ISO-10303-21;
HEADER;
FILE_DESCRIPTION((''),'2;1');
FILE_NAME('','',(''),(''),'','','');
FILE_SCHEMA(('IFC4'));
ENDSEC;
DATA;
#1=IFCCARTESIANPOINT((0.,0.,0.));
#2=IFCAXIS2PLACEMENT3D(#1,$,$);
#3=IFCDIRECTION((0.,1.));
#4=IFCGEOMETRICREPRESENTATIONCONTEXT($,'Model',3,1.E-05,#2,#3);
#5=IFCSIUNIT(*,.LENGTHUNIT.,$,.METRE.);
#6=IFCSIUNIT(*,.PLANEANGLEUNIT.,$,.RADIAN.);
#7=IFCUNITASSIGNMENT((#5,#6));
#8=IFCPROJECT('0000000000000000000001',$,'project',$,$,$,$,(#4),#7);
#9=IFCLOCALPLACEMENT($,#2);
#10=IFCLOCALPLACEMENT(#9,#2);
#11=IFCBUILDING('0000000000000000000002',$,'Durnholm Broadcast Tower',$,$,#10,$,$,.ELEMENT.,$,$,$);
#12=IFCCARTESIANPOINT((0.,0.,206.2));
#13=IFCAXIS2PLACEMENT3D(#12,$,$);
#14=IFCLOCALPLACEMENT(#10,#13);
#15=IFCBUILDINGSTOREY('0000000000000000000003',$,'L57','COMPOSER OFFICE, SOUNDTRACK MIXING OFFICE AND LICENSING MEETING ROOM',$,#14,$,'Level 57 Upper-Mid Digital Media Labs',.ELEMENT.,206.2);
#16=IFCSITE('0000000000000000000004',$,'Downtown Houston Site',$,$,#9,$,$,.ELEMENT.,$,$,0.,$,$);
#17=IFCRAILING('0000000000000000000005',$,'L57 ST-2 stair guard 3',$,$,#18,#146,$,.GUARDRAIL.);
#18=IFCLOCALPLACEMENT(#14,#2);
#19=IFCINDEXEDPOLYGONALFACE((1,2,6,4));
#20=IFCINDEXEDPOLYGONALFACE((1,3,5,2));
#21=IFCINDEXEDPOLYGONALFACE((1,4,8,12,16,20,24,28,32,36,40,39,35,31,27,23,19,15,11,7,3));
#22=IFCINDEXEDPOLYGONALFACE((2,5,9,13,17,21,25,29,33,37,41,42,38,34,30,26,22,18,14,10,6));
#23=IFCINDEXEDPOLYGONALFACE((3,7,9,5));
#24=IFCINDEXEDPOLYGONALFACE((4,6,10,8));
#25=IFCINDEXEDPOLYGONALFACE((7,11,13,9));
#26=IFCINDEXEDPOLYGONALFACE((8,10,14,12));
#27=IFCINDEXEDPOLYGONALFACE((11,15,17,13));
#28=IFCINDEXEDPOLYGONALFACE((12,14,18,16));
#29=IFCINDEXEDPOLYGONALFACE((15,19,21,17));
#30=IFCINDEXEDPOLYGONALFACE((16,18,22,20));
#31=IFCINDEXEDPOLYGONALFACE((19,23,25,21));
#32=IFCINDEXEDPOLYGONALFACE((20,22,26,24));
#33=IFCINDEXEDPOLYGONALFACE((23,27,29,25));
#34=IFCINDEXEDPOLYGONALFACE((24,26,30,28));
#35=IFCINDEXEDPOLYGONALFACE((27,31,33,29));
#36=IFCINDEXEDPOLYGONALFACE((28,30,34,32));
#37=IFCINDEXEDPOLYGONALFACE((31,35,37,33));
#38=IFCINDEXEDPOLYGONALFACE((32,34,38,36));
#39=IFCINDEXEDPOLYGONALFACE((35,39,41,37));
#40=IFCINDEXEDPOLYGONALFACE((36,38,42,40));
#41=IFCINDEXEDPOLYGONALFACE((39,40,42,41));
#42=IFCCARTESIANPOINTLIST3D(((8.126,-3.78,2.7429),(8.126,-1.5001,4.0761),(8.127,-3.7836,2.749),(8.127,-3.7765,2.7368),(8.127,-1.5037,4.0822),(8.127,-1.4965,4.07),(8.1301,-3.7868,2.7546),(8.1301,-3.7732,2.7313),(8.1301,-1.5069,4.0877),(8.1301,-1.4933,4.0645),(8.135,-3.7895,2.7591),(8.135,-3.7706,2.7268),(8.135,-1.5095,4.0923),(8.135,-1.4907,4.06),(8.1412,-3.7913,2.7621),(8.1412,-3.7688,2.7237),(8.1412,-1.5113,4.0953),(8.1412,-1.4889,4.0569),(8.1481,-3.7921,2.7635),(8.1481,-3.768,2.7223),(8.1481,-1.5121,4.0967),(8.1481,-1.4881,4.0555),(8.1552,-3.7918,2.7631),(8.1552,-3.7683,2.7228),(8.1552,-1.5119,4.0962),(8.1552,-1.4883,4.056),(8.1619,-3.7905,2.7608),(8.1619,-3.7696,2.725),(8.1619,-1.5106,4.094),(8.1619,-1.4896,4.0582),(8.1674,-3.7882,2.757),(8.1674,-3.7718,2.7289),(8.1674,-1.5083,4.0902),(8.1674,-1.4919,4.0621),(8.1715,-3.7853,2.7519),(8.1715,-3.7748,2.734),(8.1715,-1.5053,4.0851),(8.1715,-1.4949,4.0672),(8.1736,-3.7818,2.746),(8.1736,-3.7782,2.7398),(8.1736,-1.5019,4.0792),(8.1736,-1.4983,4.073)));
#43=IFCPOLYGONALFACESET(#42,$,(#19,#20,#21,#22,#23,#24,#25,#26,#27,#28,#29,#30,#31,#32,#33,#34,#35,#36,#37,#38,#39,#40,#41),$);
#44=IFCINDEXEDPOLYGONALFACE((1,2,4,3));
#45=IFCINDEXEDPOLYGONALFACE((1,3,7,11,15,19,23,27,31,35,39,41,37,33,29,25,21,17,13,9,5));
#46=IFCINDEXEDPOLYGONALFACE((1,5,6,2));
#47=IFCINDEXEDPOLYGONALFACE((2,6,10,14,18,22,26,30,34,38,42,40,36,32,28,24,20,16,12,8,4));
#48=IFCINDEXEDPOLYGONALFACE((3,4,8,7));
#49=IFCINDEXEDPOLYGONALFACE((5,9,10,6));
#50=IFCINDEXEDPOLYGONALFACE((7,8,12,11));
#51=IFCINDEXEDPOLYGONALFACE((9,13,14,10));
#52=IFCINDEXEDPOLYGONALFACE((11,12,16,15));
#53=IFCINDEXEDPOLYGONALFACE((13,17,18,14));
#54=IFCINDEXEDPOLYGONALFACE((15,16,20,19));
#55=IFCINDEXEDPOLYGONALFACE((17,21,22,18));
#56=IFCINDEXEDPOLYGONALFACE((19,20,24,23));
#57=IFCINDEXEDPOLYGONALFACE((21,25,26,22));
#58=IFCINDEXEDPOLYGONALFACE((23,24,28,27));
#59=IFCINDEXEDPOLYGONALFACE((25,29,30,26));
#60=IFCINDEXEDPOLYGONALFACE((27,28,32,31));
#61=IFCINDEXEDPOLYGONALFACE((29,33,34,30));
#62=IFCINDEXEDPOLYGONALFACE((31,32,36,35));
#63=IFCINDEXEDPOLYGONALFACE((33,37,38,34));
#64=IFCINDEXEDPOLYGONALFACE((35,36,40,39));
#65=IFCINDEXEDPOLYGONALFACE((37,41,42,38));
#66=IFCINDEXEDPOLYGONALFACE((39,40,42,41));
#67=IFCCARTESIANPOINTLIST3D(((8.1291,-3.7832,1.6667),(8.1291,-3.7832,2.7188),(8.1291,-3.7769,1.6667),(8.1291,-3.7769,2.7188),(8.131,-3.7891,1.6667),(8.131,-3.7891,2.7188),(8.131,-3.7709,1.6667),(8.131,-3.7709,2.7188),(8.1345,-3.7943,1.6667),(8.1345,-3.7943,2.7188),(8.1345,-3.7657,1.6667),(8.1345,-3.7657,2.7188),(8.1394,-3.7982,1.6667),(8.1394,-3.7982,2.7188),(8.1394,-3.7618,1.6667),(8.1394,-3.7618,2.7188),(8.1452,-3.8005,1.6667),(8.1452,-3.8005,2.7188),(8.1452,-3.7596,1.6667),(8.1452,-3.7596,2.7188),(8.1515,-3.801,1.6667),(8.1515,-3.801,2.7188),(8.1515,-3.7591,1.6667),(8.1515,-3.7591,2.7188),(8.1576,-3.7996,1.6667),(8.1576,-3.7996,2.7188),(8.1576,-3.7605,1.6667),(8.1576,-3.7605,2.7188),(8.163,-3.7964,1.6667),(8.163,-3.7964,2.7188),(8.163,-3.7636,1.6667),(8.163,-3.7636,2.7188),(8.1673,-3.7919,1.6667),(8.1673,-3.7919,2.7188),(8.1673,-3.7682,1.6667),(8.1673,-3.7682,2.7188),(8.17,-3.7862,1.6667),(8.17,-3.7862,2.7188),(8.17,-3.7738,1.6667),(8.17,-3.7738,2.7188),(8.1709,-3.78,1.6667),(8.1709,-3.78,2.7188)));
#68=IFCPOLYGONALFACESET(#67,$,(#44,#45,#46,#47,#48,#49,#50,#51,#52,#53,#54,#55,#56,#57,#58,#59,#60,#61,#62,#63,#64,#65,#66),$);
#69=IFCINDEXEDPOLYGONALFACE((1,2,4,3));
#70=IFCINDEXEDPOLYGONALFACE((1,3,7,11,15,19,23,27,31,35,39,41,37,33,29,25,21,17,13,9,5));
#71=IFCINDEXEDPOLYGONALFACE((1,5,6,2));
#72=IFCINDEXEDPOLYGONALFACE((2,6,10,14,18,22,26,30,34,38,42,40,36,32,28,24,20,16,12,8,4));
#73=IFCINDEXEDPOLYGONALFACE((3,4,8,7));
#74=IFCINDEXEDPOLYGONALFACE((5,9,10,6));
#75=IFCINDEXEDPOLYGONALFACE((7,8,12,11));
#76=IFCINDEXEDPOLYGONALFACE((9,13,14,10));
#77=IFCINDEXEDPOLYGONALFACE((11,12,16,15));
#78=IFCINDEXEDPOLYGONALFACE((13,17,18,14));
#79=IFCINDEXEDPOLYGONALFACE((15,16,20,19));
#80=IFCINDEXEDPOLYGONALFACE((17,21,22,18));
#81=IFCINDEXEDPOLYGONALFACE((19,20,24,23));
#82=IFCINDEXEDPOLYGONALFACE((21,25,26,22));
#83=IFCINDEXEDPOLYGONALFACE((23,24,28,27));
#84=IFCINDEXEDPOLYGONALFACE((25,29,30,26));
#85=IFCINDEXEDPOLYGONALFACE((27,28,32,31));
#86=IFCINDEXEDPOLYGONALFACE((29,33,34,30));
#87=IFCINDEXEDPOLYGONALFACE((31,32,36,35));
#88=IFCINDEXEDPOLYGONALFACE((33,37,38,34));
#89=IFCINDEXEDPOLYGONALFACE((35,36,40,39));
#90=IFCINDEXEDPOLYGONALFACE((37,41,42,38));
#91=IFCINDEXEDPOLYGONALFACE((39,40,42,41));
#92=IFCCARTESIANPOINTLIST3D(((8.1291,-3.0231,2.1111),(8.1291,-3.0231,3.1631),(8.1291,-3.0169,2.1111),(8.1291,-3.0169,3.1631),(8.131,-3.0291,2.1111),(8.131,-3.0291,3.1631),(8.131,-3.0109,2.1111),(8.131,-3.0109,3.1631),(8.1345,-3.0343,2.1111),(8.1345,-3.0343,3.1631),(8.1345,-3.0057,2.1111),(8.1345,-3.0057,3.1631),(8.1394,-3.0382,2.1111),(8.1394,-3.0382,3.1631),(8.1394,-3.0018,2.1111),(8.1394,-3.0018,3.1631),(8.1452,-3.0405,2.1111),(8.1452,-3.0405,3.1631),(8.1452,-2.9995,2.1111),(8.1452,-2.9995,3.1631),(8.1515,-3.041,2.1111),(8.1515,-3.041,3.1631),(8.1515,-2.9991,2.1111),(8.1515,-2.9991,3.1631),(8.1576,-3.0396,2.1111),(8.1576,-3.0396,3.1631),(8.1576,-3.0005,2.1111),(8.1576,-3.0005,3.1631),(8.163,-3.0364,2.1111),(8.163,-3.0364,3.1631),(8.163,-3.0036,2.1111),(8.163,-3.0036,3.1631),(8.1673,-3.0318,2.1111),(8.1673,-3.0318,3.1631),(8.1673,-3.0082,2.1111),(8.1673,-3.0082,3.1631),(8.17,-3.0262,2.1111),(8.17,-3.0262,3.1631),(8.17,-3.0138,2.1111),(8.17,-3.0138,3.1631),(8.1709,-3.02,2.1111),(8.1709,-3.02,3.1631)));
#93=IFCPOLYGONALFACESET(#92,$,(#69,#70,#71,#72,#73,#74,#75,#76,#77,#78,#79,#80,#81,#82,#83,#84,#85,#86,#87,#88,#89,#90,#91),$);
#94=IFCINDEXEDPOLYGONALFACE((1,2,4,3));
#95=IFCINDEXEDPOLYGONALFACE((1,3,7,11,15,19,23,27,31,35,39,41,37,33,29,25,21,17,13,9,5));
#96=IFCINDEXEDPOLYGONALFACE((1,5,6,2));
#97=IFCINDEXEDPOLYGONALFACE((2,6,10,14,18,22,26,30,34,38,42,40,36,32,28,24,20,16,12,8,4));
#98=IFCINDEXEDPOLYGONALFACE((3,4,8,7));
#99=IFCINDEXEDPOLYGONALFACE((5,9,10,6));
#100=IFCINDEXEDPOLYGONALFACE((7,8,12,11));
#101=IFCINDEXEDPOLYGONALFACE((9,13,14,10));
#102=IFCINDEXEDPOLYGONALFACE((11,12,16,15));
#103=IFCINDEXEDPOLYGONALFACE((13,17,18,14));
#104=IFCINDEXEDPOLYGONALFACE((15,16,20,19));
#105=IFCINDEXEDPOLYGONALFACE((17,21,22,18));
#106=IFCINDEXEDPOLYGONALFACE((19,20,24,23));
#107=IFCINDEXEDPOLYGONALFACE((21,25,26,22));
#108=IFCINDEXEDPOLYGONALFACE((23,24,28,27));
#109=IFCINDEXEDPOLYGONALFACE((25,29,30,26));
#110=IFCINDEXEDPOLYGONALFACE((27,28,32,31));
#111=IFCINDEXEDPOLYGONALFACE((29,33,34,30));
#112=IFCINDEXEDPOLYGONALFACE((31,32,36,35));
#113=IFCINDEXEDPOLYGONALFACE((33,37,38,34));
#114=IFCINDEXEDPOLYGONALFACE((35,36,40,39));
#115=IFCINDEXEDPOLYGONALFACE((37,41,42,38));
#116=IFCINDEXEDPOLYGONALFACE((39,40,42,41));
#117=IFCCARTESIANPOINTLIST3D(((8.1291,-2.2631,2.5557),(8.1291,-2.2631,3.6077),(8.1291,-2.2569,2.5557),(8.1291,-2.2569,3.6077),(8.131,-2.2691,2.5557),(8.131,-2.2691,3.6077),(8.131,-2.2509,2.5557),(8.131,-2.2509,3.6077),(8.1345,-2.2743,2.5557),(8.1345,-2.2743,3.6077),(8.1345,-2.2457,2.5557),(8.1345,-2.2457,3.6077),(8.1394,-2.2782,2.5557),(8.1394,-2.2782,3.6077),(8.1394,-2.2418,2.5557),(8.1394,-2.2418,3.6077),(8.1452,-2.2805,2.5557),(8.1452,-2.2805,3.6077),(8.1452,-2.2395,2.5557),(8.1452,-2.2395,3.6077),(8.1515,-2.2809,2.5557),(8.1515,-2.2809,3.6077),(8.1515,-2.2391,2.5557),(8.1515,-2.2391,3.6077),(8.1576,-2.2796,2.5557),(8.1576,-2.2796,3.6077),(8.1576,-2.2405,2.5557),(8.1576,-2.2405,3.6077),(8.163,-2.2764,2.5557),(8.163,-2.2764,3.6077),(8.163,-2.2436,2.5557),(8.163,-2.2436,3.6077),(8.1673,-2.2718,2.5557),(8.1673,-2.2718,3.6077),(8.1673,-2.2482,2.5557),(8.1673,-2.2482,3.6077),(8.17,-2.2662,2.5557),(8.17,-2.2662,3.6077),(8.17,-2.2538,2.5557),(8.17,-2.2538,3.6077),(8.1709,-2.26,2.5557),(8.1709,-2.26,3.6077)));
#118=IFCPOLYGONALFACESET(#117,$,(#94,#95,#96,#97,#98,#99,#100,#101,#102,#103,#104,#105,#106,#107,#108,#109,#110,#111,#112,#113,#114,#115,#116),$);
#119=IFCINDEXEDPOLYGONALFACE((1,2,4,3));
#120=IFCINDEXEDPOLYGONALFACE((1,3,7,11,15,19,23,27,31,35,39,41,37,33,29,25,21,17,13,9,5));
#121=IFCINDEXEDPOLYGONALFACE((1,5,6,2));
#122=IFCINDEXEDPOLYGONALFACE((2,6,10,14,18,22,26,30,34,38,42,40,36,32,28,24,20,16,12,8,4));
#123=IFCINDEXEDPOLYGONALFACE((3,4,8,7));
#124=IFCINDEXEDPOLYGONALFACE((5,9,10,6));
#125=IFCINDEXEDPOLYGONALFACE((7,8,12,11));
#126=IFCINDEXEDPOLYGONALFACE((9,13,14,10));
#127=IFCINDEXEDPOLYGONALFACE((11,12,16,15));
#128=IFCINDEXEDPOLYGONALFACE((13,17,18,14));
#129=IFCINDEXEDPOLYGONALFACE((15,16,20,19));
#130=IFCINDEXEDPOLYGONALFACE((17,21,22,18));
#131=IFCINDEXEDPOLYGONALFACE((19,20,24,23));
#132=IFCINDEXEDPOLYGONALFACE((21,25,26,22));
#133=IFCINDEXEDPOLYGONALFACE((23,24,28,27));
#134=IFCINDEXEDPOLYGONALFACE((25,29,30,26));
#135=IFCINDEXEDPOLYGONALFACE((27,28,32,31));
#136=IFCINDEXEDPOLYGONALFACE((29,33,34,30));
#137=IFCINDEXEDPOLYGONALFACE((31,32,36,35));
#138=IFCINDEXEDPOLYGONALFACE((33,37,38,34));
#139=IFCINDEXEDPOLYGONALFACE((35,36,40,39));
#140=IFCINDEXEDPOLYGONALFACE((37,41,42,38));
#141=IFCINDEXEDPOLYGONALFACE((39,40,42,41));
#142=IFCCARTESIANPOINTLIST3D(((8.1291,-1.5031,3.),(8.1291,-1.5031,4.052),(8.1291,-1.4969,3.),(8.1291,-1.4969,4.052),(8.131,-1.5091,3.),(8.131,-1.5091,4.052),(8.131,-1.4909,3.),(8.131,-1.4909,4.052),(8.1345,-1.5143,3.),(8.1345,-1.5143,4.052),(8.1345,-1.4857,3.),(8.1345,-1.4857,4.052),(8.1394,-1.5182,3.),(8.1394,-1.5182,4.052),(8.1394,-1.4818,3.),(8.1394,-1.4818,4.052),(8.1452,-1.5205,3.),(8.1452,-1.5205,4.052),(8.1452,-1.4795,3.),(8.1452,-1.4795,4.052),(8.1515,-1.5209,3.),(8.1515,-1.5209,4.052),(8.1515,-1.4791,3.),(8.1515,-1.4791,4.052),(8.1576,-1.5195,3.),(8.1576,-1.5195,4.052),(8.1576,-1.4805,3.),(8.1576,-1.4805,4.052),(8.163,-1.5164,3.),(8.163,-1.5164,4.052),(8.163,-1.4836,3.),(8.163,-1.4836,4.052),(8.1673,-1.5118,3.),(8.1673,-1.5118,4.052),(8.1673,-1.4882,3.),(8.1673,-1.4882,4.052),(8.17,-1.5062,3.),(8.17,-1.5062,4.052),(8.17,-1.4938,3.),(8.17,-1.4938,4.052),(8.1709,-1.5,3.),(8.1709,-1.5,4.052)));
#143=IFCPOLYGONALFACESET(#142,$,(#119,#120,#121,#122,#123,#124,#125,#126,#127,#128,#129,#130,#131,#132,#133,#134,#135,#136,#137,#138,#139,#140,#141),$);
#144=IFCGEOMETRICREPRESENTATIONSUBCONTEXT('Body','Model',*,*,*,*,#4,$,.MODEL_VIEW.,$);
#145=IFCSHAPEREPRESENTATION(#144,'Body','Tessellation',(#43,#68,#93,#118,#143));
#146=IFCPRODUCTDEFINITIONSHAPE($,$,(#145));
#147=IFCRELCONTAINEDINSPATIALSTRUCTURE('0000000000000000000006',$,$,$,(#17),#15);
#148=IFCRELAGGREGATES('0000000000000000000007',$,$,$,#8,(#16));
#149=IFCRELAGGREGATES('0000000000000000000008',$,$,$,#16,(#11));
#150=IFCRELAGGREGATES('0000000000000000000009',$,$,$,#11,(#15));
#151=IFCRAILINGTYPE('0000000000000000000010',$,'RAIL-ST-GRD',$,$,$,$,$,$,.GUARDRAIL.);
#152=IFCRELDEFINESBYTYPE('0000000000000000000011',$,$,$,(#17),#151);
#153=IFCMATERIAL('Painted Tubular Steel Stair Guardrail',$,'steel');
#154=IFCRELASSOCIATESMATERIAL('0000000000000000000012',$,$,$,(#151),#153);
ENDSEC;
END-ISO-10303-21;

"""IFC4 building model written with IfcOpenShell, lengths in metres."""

from ifc_helpers import new_model, si_unit, direction, frame, origin, origin_2d, place, context, subcontext, project, spatial, circle, extrude, material, type_object, element, save


model = new_model("IFC4")

# Units and contexts
model_context = context("Model", 3, precision=1e-05, world=origin(), true_north=direction((0.0, 1.0)))
body_context = subcontext(model_context, "Body", "Model", "MODEL_VIEW")
ifc_project = project(units=[si_unit("LENGTHUNIT", "METRE"), si_unit("PLANEANGLEUNIT", "RADIAN")], contexts=[model_context])

# Site, building, storey
site_placement = place(None, origin())
site = spatial("IfcSite", under=ifc_project, at=site_placement, Name="Downtown Houston Site", CompositionType="ELEMENT", RefElevation=0.0)
building_placement = place(site_placement, origin())
building = spatial("IfcBuilding", under=site, at=building_placement, Name="Durnholm Broadcast Tower", CompositionType="ELEMENT")
storey_placement = place(building_placement, frame((0.0, 0.0, 206.2)))
storey = spatial("IfcBuildingStorey", under=building, at=storey_placement, Name="L57", Description="COMPOSER OFFICE, SOUNDTRACK MIXING OFFICE AND LICENSING MEETING ROOM", LongName="Level 57 Upper-Mid Digital Media Labs", CompositionType="ELEMENT", Elevation=206.2)

# Railing
ifc_material_1 = material(Name="Painted Tubular Steel Stair Guardrail", Category="steel")
railing_type_1 = type_object("IfcRailingType", Name="RAIL-ST-GRD", PredefinedType="GUARDRAIL", material=ifc_material_1)
railing_1_placement = place(storey_placement, frame((8.1499, -3.78, 1.6667)))
element("IfcRailing", 1, at=railing_1_placement, inside=storey, type_object=railing_type_1, Name="L57 ST-2 stair guard 3", PredefinedType="GUARDRAIL", context=body_context, shape_type="SweptSolid", body=[
    extrude(circle(Radius=0.0239, at=origin_2d()), frame((0.0, 0.0, 1.0762), z_axis=(0.0, 0.863245, 0.504785), x_axis=(-1.0, 0.0, 0.0)), (0.0, 0.0, 1.0), 2.6411),
    extrude(circle(Radius=0.021, at=origin_2d()), origin(), (0.0, 0.0, 1.0), 1.052),
    extrude(circle(Radius=0.021, at=origin_2d()), frame((0.0, 0.76, 0.4443)), (0.0, 0.0, 1.0), 1.052),
    extrude(circle(Radius=0.021, at=origin_2d()), frame((0.0, 1.52, 0.8889)), (0.0, 0.0, 1.0), 1.052),
    extrude(circle(Radius=0.021, at=origin_2d()), frame((0.0, 2.28, 1.3333)), (0.0, 0.0, 1.0), 1.052),
])

save(model, "model.ifc")
